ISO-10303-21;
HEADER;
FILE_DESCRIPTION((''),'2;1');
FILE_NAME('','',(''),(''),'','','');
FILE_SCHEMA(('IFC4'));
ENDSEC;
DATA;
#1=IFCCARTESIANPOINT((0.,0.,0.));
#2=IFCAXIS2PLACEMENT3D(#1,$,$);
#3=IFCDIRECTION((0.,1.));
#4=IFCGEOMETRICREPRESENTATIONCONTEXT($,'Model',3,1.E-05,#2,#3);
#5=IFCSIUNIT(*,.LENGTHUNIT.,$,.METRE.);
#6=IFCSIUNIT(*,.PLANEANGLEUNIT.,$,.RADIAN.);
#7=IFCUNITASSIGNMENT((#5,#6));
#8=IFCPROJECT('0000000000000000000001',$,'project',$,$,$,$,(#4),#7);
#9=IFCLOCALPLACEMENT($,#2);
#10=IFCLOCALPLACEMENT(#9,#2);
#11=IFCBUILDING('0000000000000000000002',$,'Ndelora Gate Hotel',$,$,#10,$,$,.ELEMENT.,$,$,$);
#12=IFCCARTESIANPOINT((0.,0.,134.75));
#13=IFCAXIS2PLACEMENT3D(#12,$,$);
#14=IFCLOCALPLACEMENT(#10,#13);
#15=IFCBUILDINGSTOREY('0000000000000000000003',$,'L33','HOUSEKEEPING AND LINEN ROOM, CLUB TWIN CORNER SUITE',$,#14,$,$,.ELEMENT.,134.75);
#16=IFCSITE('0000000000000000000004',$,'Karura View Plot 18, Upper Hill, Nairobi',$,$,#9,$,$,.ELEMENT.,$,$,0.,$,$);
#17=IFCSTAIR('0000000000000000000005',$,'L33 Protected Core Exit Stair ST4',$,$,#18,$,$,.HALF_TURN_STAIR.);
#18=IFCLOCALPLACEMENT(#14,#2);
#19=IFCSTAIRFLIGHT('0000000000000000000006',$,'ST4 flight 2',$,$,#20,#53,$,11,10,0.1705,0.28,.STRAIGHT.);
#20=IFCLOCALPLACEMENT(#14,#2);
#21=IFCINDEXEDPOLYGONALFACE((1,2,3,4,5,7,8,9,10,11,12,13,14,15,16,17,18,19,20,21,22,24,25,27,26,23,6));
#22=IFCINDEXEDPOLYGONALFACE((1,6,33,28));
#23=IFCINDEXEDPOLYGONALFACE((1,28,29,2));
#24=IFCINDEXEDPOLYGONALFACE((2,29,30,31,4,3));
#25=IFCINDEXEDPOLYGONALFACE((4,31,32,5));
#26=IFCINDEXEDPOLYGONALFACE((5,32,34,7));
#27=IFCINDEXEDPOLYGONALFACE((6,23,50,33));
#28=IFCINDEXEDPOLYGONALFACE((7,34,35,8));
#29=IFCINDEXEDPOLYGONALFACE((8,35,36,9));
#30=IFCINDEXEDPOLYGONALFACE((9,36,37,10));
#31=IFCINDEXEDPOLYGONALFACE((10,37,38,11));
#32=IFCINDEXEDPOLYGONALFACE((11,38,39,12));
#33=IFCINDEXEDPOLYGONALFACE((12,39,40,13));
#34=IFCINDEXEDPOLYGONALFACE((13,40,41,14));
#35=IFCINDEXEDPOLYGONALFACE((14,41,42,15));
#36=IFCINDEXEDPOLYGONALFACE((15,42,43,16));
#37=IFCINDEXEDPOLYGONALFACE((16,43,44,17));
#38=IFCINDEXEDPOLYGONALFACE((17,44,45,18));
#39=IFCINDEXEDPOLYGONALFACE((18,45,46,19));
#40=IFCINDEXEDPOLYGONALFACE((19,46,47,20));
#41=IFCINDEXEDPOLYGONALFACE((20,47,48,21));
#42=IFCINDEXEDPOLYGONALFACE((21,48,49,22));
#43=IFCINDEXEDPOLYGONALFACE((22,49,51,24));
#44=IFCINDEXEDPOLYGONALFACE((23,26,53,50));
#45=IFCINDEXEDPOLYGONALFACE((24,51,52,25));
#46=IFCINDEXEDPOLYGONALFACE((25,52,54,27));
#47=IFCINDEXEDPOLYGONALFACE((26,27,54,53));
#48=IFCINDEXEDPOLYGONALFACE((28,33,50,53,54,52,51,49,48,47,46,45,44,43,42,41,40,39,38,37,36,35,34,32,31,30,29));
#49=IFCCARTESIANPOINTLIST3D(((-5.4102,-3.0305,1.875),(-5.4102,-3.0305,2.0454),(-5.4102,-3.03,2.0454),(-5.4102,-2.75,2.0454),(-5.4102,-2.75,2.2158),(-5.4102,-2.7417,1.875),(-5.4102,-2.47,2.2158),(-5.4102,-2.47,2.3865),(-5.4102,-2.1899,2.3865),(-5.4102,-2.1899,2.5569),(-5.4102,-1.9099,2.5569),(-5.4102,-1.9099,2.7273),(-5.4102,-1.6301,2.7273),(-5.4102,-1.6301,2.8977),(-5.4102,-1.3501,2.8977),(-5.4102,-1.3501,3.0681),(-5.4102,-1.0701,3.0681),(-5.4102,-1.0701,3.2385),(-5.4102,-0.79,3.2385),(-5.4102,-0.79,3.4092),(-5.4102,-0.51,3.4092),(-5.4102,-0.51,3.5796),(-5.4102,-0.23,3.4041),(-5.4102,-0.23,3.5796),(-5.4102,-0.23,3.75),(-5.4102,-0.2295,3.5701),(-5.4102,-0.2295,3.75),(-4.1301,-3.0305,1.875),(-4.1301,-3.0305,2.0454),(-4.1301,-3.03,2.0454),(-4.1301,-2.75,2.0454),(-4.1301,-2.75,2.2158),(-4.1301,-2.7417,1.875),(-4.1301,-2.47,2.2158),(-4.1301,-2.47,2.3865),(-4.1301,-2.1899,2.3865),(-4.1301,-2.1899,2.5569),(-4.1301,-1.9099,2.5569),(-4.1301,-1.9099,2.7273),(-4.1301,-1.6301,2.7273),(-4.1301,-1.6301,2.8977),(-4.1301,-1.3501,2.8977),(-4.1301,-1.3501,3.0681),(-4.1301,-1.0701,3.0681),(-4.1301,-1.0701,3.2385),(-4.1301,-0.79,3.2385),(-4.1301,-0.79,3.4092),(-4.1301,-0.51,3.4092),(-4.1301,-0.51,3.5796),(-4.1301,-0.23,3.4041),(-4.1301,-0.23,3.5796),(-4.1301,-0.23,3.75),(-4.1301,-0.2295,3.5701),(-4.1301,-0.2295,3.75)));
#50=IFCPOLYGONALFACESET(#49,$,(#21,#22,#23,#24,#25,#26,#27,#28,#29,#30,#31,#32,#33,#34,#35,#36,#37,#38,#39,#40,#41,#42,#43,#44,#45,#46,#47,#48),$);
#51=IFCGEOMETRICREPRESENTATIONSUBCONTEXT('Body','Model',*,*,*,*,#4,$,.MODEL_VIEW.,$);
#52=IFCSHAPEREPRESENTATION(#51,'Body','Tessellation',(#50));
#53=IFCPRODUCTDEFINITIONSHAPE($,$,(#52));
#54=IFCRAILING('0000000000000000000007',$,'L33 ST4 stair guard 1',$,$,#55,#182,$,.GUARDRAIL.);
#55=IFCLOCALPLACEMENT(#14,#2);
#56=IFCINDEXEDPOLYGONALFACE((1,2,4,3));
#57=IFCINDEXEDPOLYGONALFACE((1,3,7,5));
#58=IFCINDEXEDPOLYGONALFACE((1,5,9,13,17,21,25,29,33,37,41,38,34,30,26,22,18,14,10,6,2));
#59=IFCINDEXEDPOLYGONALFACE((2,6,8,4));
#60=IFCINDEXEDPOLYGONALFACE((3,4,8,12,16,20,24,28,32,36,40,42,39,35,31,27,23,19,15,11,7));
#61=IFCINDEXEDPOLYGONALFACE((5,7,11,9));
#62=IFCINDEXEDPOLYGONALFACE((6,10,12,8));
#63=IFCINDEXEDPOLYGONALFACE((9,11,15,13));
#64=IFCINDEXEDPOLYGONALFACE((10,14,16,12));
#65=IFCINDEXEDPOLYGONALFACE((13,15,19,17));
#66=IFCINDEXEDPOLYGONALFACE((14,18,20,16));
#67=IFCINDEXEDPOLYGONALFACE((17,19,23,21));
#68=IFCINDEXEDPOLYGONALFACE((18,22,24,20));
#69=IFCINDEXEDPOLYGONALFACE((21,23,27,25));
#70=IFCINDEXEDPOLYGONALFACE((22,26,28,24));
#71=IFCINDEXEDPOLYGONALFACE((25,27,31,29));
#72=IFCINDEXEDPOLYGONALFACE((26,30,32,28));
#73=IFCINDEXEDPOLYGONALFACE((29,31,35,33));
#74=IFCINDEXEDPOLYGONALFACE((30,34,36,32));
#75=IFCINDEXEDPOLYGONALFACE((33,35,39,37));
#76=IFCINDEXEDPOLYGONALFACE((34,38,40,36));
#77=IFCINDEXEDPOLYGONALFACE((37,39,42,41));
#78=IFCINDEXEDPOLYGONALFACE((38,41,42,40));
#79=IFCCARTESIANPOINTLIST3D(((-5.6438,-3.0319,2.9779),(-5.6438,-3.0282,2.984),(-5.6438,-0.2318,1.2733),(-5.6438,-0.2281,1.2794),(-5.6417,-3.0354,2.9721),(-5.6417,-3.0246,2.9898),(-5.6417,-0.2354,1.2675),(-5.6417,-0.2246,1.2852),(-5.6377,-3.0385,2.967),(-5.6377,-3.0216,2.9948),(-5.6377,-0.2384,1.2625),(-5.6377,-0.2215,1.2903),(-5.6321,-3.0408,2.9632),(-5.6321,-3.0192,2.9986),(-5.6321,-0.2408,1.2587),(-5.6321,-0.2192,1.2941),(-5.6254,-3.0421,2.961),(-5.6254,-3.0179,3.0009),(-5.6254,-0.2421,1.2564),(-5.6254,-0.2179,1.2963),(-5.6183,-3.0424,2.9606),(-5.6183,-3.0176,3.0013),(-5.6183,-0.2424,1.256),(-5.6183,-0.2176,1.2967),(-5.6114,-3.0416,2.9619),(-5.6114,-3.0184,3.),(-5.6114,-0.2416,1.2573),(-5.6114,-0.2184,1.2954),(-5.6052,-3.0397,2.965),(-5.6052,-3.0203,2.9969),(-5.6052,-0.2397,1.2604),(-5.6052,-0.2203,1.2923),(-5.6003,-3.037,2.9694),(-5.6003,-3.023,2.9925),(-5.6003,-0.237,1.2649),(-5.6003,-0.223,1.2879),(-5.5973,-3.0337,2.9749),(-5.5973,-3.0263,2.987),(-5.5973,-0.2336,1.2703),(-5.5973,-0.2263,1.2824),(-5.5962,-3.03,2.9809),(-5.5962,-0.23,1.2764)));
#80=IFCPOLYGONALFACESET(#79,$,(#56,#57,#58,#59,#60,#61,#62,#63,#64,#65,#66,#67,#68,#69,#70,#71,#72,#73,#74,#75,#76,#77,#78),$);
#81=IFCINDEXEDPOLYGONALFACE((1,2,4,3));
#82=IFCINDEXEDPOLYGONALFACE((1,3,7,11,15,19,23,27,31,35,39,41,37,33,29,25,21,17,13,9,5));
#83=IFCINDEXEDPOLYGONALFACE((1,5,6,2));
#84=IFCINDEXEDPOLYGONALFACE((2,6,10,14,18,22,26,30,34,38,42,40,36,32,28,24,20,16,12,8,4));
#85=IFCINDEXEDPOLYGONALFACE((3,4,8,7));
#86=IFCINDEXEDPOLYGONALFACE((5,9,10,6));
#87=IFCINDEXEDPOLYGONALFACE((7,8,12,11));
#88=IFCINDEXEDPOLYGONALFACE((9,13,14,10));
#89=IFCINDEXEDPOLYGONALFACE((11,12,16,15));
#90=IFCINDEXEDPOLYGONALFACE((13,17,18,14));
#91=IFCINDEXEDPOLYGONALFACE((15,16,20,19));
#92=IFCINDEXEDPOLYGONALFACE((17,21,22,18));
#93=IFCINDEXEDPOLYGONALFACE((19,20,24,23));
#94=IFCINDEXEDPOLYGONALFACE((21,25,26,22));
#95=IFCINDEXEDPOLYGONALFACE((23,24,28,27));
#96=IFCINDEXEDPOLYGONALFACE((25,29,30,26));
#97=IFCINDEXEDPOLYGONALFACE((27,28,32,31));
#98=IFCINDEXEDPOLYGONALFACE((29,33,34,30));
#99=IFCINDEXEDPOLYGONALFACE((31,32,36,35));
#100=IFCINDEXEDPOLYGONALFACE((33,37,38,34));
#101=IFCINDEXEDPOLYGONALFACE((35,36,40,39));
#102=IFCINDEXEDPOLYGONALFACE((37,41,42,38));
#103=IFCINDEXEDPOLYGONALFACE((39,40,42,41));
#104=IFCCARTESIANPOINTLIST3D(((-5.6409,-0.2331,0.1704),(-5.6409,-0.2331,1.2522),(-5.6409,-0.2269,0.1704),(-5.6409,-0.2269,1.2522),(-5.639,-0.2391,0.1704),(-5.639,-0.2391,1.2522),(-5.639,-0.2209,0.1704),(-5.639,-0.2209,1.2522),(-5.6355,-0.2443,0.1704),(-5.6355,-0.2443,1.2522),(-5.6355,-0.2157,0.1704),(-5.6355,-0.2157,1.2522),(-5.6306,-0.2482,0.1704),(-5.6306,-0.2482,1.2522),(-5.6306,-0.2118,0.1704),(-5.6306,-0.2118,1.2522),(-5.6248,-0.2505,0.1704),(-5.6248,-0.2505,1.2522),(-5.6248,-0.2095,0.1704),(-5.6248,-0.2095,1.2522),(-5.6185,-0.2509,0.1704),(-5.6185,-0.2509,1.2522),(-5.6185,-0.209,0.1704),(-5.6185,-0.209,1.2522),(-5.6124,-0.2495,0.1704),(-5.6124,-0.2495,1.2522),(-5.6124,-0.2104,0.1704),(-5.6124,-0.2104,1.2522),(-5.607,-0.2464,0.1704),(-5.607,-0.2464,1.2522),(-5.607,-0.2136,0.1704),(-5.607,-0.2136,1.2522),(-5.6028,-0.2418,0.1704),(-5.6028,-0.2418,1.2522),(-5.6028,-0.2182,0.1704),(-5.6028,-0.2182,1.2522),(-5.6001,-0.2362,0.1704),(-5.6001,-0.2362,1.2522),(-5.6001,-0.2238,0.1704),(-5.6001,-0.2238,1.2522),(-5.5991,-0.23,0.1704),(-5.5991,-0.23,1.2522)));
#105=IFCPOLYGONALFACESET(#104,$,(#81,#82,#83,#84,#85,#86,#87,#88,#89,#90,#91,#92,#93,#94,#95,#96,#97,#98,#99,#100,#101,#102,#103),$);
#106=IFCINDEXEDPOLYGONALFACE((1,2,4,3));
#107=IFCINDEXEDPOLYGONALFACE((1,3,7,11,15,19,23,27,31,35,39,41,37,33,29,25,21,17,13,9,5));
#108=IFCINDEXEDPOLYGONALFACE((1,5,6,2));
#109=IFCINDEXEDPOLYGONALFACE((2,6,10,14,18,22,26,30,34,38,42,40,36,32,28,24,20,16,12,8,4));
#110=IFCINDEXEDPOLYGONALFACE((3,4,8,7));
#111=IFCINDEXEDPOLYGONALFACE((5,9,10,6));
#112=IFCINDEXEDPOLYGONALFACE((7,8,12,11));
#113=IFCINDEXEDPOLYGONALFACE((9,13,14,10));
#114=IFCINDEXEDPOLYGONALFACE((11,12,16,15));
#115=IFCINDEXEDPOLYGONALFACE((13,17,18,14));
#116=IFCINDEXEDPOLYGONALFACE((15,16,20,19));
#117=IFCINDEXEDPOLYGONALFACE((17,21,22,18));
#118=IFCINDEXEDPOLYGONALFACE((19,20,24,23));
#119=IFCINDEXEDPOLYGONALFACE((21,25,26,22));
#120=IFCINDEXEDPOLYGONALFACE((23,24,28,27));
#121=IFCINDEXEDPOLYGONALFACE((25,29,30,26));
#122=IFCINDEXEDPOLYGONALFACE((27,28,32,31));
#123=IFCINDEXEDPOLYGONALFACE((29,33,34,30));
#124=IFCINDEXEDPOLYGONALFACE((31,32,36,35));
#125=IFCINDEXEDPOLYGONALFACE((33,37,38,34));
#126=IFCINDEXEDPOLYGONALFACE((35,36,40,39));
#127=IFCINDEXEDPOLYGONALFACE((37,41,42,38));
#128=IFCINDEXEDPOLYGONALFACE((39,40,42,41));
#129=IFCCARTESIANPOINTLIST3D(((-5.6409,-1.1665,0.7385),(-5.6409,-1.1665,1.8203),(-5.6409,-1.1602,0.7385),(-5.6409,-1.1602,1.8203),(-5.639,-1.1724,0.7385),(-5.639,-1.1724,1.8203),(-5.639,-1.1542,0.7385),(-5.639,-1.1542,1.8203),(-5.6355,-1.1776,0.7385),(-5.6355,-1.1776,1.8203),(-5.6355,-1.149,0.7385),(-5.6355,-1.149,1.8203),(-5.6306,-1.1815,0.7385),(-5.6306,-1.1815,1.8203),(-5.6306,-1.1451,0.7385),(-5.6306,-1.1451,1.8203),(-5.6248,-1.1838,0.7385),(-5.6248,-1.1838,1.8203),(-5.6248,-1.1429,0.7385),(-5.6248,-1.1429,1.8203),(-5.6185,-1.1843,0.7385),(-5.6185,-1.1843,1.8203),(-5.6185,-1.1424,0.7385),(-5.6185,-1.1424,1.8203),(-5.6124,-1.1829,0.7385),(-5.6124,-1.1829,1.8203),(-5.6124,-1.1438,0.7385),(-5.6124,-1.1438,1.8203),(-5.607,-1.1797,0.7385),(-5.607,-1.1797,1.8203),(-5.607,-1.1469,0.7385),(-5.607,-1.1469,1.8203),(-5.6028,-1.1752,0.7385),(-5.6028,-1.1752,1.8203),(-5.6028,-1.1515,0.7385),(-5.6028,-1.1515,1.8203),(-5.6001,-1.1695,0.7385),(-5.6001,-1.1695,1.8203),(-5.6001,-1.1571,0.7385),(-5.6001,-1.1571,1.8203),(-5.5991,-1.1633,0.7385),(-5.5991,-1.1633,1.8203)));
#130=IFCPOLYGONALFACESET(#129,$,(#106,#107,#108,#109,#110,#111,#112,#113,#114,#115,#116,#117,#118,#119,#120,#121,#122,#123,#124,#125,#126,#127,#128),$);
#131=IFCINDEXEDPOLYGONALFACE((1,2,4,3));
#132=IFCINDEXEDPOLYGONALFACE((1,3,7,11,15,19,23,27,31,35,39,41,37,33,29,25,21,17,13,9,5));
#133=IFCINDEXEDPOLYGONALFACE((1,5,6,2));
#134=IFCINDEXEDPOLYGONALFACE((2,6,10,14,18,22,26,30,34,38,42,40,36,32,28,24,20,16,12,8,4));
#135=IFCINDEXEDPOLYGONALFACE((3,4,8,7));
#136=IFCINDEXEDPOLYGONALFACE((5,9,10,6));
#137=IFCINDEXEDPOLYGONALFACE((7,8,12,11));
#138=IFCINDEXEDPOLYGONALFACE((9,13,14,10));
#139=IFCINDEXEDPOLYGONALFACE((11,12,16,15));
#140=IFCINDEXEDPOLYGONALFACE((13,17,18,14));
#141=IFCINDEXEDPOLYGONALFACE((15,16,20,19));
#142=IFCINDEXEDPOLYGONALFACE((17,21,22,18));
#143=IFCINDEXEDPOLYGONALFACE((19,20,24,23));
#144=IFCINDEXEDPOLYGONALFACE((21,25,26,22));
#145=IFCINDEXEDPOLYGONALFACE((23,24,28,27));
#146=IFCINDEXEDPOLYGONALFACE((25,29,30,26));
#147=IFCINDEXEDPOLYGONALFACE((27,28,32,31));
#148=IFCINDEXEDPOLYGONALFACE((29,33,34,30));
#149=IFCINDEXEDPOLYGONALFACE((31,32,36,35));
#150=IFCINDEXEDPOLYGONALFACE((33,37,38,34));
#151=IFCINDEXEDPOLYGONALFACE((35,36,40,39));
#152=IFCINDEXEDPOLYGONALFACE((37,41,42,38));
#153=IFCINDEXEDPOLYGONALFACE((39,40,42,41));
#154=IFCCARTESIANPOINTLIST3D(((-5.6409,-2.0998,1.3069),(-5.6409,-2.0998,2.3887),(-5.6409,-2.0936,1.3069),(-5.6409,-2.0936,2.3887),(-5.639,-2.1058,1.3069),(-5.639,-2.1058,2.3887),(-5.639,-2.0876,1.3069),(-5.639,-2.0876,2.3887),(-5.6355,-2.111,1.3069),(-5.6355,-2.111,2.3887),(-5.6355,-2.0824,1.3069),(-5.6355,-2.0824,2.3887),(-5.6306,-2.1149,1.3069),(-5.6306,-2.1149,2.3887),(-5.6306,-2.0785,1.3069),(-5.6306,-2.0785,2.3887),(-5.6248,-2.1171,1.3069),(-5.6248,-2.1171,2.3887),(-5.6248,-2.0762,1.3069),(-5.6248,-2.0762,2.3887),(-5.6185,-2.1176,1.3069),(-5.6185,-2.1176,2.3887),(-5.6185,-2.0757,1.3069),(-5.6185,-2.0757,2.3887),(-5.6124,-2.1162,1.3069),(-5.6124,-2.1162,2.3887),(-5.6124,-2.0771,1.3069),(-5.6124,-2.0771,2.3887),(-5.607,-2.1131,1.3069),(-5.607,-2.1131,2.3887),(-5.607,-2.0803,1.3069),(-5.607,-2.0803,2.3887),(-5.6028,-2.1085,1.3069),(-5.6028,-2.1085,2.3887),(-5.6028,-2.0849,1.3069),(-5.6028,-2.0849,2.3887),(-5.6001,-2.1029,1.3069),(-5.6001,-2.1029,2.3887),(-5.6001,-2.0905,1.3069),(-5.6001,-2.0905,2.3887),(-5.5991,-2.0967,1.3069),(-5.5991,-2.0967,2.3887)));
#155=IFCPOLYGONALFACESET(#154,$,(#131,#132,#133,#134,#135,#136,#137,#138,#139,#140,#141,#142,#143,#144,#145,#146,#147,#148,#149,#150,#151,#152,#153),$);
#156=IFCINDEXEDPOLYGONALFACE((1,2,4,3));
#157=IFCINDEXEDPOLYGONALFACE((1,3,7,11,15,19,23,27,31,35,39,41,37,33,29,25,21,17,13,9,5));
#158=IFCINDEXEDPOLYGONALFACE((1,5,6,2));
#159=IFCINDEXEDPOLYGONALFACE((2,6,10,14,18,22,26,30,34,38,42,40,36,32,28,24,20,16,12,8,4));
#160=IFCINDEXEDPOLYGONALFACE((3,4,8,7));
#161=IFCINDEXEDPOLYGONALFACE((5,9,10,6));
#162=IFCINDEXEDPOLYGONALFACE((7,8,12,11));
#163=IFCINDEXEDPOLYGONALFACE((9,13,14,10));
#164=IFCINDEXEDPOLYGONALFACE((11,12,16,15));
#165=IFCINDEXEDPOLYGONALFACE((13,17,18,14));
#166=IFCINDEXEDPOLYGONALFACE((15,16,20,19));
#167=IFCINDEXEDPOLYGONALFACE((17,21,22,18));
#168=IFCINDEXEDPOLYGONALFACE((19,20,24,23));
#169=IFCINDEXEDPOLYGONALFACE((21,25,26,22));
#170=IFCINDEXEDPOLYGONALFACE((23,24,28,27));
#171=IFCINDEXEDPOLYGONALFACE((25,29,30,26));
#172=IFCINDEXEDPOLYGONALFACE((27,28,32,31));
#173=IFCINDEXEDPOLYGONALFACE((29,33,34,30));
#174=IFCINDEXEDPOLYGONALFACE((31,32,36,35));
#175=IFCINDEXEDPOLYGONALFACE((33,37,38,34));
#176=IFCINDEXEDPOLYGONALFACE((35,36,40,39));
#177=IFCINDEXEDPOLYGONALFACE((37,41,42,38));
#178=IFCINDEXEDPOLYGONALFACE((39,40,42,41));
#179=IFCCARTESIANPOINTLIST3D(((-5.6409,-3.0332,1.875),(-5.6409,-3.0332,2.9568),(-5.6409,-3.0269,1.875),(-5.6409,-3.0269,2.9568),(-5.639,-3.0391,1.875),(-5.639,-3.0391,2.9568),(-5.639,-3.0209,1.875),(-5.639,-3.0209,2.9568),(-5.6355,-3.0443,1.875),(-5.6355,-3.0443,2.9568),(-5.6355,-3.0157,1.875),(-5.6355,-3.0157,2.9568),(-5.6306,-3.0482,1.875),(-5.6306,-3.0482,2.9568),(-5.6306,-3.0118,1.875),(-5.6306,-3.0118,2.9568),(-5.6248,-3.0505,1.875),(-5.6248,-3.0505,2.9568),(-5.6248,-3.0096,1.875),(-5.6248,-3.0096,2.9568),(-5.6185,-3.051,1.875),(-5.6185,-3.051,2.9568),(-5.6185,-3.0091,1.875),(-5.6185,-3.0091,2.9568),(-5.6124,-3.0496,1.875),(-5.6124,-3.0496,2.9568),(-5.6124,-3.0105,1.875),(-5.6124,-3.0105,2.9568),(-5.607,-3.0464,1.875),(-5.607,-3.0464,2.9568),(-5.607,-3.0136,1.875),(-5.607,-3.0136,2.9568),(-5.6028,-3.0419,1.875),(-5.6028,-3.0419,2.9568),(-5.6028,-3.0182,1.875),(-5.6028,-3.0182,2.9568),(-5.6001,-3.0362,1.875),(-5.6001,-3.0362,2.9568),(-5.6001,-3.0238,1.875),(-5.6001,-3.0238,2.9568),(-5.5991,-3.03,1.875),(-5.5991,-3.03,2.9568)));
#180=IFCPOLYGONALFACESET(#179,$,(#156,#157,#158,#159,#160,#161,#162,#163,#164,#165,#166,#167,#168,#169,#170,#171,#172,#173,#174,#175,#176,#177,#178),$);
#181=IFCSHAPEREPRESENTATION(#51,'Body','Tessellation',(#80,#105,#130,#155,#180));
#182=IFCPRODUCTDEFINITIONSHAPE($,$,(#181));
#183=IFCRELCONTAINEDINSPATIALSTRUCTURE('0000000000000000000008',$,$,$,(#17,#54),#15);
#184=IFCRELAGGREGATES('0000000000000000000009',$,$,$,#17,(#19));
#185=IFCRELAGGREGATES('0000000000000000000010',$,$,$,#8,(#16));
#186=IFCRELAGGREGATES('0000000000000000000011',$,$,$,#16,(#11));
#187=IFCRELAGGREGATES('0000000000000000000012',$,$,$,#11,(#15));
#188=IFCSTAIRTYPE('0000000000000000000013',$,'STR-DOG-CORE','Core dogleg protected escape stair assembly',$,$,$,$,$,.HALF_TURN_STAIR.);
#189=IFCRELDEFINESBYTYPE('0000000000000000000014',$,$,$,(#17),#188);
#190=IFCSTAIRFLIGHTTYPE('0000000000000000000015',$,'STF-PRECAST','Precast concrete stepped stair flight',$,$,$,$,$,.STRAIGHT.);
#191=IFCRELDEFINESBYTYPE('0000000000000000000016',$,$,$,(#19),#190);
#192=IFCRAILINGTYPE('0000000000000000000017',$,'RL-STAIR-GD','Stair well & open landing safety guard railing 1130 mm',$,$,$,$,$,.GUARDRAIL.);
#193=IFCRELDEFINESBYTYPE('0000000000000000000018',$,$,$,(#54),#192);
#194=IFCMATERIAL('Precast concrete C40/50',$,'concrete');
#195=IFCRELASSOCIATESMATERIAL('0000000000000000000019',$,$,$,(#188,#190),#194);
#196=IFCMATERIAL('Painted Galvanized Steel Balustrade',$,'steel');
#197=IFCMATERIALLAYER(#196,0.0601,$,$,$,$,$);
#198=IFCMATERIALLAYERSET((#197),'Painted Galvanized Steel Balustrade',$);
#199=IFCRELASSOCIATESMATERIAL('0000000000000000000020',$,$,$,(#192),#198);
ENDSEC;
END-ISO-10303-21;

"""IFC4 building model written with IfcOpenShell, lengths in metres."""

from ifc_helpers import new_model, si_unit, direction, frame, origin, origin_2d, place, context, subcontext, project, spatial, polyline, circle, outline, extrude, material, layer, layer_set, type_object, element, aggregate, save


model = new_model("IFC4")

# Units and contexts
model_context = context("Model", 3, precision=1e-05, world=origin(), true_north=direction((0.0, 1.0)))
body_context = subcontext(model_context, "Body", "Model", "MODEL_VIEW")
ifc_project = project(units=[si_unit("LENGTHUNIT", "METRE"), si_unit("PLANEANGLEUNIT", "RADIAN")], contexts=[model_context])

# Site, building, storey
site_placement = place(None, origin())
site = spatial("IfcSite", under=ifc_project, at=site_placement, Name="Karura View Plot 18, Upper Hill, Nairobi", CompositionType="ELEMENT", RefElevation=0.0)
building_placement = place(site_placement, origin())
building = spatial("IfcBuilding", under=site, at=building_placement, Name="Ndelora Gate Hotel", CompositionType="ELEMENT")
storey_placement = place(building_placement, frame((0.0, 0.0, 134.75)))
storey = spatial("IfcBuildingStorey", under=building, at=storey_placement, Name="L33", Description="HOUSEKEEPING AND LINEN ROOM, CLUB TWIN CORNER SUITE", CompositionType="ELEMENT", Elevation=134.75)

# Stair, stair flight
ifc_material_1 = material(Name="Precast concrete C40/50", Category="concrete")
stair_type = type_object("IfcStairType", Name="STR-DOG-CORE", Description="Core dogleg protected escape stair assembly", PredefinedType="HALF_TURN_STAIR", material=ifc_material_1)
stair_placement = place(storey_placement, origin())
stair = element("IfcStair", 1, at=stair_placement, inside=storey, type_object=stair_type, Name="L33 Protected Core Exit Stair ST4", PredefinedType="HALF_TURN_STAIR")
stair_flight_type = type_object("IfcStairFlightType", Name="STF-PRECAST", Description="Precast concrete stepped stair flight", PredefinedType="STRAIGHT", material=ifc_material_1)
stair_flight_1_placement = place(storey_placement, frame((-4.77, -3.03, 1.875), z_axis=(0.0, 0.0, 1.0), x_axis=(0.0, 1.0, 0.0)))
stair_flight_1 = element("IfcStairFlight", 2, at=stair_flight_1_placement, type_object=stair_flight_type, Name="ST4 flight 2", NumberOfRisers=11, NumberOfTreads=10, PredefinedType="STRAIGHT", RiserHeight=0.1705, TreadLength=0.28, context=body_context, shape_type="SweptSolid", body=[
    extrude(outline(polyline([(-0.0005, 0.0), (-0.0005, 0.1704), (0.0, 0.1704), (0.28, 0.1704), (0.28, 0.3408), (0.5601, 0.3408), (0.5601, 0.5115), (0.8401, 0.5115), (0.8401, 0.6819), (1.1201, 0.6819), (1.1201, 0.8523), (1.3999, 0.8523), (1.3999, 1.0227), (1.6799, 1.0227), (1.6799, 1.1931), (1.96, 1.1931), (1.96, 1.3635), (2.24, 1.3635), (2.24, 1.5342), (2.52, 1.5342), (2.52, 1.7046), (2.8, 1.7046), (2.8, 1.875), (2.8005, 1.875), (2.8005, 1.6951), (2.8, 1.5291), (0.2883, 0.0), (-0.0005, 0.0)])), frame((0.0, 0.6401, 0.0), z_axis=(0.0, -1.0, 0.0), x_axis=(1.0, 0.0, 0.0)), (0.0, 0.0, 1.0), 1.28),
])
aggregate(stair, [stair_flight_1])

# Railing
ifc_material_2 = material(Name="Painted Galvanized Steel Balustrade", Category="steel")
ifc_layer_1 = layer(ifc_material_2, 0.0601)
ifc_layer_set_1 = layer_set([ifc_layer_1], Name="Painted Galvanized Steel Balustrade")
railing_type_1 = type_object("IfcRailingType", Name="RL-STAIR-GD", Description="Stair well & open landing safety guard railing 1130 mm", PredefinedType="GUARDRAIL", material=ifc_layer_set_1)
railing_1_placement = place(storey_placement, frame((-5.6201, -0.23, 0.1704)))
element("IfcRailing", 3, at=railing_1_placement, inside=storey, type_object=railing_type_1, Name="L33 ST4 stair guard 1", PredefinedType="GUARDRAIL", context=body_context, shape_type="SweptSolid", body=[
    extrude(circle(Radius=0.0239, at=origin_2d()), frame((0.0, 0.0, 1.106), z_axis=(0.0, -0.85417, 0.519994), x_axis=(1.0, 0.0, 0.0)), (0.0, 0.0, 1.0), 3.2781),
    extrude(circle(Radius=0.021, at=origin_2d()), origin(), (0.0, 0.0, 1.0), 1.0818),
    extrude(circle(Radius=0.021, at=origin_2d()), frame((0.0, -0.9333, 0.5681)), (0.0, 0.0, 1.0), 1.0818),
    extrude(circle(Radius=0.021, at=origin_2d()), frame((0.0, -1.8667, 1.1365)), (0.0, 0.0, 1.0), 1.0818),
    extrude(circle(Radius=0.021, at=origin_2d()), frame((0.0, -2.8, 1.7046)), (0.0, 0.0, 1.0), 1.0818),
])

save(model, "model.ifc")
